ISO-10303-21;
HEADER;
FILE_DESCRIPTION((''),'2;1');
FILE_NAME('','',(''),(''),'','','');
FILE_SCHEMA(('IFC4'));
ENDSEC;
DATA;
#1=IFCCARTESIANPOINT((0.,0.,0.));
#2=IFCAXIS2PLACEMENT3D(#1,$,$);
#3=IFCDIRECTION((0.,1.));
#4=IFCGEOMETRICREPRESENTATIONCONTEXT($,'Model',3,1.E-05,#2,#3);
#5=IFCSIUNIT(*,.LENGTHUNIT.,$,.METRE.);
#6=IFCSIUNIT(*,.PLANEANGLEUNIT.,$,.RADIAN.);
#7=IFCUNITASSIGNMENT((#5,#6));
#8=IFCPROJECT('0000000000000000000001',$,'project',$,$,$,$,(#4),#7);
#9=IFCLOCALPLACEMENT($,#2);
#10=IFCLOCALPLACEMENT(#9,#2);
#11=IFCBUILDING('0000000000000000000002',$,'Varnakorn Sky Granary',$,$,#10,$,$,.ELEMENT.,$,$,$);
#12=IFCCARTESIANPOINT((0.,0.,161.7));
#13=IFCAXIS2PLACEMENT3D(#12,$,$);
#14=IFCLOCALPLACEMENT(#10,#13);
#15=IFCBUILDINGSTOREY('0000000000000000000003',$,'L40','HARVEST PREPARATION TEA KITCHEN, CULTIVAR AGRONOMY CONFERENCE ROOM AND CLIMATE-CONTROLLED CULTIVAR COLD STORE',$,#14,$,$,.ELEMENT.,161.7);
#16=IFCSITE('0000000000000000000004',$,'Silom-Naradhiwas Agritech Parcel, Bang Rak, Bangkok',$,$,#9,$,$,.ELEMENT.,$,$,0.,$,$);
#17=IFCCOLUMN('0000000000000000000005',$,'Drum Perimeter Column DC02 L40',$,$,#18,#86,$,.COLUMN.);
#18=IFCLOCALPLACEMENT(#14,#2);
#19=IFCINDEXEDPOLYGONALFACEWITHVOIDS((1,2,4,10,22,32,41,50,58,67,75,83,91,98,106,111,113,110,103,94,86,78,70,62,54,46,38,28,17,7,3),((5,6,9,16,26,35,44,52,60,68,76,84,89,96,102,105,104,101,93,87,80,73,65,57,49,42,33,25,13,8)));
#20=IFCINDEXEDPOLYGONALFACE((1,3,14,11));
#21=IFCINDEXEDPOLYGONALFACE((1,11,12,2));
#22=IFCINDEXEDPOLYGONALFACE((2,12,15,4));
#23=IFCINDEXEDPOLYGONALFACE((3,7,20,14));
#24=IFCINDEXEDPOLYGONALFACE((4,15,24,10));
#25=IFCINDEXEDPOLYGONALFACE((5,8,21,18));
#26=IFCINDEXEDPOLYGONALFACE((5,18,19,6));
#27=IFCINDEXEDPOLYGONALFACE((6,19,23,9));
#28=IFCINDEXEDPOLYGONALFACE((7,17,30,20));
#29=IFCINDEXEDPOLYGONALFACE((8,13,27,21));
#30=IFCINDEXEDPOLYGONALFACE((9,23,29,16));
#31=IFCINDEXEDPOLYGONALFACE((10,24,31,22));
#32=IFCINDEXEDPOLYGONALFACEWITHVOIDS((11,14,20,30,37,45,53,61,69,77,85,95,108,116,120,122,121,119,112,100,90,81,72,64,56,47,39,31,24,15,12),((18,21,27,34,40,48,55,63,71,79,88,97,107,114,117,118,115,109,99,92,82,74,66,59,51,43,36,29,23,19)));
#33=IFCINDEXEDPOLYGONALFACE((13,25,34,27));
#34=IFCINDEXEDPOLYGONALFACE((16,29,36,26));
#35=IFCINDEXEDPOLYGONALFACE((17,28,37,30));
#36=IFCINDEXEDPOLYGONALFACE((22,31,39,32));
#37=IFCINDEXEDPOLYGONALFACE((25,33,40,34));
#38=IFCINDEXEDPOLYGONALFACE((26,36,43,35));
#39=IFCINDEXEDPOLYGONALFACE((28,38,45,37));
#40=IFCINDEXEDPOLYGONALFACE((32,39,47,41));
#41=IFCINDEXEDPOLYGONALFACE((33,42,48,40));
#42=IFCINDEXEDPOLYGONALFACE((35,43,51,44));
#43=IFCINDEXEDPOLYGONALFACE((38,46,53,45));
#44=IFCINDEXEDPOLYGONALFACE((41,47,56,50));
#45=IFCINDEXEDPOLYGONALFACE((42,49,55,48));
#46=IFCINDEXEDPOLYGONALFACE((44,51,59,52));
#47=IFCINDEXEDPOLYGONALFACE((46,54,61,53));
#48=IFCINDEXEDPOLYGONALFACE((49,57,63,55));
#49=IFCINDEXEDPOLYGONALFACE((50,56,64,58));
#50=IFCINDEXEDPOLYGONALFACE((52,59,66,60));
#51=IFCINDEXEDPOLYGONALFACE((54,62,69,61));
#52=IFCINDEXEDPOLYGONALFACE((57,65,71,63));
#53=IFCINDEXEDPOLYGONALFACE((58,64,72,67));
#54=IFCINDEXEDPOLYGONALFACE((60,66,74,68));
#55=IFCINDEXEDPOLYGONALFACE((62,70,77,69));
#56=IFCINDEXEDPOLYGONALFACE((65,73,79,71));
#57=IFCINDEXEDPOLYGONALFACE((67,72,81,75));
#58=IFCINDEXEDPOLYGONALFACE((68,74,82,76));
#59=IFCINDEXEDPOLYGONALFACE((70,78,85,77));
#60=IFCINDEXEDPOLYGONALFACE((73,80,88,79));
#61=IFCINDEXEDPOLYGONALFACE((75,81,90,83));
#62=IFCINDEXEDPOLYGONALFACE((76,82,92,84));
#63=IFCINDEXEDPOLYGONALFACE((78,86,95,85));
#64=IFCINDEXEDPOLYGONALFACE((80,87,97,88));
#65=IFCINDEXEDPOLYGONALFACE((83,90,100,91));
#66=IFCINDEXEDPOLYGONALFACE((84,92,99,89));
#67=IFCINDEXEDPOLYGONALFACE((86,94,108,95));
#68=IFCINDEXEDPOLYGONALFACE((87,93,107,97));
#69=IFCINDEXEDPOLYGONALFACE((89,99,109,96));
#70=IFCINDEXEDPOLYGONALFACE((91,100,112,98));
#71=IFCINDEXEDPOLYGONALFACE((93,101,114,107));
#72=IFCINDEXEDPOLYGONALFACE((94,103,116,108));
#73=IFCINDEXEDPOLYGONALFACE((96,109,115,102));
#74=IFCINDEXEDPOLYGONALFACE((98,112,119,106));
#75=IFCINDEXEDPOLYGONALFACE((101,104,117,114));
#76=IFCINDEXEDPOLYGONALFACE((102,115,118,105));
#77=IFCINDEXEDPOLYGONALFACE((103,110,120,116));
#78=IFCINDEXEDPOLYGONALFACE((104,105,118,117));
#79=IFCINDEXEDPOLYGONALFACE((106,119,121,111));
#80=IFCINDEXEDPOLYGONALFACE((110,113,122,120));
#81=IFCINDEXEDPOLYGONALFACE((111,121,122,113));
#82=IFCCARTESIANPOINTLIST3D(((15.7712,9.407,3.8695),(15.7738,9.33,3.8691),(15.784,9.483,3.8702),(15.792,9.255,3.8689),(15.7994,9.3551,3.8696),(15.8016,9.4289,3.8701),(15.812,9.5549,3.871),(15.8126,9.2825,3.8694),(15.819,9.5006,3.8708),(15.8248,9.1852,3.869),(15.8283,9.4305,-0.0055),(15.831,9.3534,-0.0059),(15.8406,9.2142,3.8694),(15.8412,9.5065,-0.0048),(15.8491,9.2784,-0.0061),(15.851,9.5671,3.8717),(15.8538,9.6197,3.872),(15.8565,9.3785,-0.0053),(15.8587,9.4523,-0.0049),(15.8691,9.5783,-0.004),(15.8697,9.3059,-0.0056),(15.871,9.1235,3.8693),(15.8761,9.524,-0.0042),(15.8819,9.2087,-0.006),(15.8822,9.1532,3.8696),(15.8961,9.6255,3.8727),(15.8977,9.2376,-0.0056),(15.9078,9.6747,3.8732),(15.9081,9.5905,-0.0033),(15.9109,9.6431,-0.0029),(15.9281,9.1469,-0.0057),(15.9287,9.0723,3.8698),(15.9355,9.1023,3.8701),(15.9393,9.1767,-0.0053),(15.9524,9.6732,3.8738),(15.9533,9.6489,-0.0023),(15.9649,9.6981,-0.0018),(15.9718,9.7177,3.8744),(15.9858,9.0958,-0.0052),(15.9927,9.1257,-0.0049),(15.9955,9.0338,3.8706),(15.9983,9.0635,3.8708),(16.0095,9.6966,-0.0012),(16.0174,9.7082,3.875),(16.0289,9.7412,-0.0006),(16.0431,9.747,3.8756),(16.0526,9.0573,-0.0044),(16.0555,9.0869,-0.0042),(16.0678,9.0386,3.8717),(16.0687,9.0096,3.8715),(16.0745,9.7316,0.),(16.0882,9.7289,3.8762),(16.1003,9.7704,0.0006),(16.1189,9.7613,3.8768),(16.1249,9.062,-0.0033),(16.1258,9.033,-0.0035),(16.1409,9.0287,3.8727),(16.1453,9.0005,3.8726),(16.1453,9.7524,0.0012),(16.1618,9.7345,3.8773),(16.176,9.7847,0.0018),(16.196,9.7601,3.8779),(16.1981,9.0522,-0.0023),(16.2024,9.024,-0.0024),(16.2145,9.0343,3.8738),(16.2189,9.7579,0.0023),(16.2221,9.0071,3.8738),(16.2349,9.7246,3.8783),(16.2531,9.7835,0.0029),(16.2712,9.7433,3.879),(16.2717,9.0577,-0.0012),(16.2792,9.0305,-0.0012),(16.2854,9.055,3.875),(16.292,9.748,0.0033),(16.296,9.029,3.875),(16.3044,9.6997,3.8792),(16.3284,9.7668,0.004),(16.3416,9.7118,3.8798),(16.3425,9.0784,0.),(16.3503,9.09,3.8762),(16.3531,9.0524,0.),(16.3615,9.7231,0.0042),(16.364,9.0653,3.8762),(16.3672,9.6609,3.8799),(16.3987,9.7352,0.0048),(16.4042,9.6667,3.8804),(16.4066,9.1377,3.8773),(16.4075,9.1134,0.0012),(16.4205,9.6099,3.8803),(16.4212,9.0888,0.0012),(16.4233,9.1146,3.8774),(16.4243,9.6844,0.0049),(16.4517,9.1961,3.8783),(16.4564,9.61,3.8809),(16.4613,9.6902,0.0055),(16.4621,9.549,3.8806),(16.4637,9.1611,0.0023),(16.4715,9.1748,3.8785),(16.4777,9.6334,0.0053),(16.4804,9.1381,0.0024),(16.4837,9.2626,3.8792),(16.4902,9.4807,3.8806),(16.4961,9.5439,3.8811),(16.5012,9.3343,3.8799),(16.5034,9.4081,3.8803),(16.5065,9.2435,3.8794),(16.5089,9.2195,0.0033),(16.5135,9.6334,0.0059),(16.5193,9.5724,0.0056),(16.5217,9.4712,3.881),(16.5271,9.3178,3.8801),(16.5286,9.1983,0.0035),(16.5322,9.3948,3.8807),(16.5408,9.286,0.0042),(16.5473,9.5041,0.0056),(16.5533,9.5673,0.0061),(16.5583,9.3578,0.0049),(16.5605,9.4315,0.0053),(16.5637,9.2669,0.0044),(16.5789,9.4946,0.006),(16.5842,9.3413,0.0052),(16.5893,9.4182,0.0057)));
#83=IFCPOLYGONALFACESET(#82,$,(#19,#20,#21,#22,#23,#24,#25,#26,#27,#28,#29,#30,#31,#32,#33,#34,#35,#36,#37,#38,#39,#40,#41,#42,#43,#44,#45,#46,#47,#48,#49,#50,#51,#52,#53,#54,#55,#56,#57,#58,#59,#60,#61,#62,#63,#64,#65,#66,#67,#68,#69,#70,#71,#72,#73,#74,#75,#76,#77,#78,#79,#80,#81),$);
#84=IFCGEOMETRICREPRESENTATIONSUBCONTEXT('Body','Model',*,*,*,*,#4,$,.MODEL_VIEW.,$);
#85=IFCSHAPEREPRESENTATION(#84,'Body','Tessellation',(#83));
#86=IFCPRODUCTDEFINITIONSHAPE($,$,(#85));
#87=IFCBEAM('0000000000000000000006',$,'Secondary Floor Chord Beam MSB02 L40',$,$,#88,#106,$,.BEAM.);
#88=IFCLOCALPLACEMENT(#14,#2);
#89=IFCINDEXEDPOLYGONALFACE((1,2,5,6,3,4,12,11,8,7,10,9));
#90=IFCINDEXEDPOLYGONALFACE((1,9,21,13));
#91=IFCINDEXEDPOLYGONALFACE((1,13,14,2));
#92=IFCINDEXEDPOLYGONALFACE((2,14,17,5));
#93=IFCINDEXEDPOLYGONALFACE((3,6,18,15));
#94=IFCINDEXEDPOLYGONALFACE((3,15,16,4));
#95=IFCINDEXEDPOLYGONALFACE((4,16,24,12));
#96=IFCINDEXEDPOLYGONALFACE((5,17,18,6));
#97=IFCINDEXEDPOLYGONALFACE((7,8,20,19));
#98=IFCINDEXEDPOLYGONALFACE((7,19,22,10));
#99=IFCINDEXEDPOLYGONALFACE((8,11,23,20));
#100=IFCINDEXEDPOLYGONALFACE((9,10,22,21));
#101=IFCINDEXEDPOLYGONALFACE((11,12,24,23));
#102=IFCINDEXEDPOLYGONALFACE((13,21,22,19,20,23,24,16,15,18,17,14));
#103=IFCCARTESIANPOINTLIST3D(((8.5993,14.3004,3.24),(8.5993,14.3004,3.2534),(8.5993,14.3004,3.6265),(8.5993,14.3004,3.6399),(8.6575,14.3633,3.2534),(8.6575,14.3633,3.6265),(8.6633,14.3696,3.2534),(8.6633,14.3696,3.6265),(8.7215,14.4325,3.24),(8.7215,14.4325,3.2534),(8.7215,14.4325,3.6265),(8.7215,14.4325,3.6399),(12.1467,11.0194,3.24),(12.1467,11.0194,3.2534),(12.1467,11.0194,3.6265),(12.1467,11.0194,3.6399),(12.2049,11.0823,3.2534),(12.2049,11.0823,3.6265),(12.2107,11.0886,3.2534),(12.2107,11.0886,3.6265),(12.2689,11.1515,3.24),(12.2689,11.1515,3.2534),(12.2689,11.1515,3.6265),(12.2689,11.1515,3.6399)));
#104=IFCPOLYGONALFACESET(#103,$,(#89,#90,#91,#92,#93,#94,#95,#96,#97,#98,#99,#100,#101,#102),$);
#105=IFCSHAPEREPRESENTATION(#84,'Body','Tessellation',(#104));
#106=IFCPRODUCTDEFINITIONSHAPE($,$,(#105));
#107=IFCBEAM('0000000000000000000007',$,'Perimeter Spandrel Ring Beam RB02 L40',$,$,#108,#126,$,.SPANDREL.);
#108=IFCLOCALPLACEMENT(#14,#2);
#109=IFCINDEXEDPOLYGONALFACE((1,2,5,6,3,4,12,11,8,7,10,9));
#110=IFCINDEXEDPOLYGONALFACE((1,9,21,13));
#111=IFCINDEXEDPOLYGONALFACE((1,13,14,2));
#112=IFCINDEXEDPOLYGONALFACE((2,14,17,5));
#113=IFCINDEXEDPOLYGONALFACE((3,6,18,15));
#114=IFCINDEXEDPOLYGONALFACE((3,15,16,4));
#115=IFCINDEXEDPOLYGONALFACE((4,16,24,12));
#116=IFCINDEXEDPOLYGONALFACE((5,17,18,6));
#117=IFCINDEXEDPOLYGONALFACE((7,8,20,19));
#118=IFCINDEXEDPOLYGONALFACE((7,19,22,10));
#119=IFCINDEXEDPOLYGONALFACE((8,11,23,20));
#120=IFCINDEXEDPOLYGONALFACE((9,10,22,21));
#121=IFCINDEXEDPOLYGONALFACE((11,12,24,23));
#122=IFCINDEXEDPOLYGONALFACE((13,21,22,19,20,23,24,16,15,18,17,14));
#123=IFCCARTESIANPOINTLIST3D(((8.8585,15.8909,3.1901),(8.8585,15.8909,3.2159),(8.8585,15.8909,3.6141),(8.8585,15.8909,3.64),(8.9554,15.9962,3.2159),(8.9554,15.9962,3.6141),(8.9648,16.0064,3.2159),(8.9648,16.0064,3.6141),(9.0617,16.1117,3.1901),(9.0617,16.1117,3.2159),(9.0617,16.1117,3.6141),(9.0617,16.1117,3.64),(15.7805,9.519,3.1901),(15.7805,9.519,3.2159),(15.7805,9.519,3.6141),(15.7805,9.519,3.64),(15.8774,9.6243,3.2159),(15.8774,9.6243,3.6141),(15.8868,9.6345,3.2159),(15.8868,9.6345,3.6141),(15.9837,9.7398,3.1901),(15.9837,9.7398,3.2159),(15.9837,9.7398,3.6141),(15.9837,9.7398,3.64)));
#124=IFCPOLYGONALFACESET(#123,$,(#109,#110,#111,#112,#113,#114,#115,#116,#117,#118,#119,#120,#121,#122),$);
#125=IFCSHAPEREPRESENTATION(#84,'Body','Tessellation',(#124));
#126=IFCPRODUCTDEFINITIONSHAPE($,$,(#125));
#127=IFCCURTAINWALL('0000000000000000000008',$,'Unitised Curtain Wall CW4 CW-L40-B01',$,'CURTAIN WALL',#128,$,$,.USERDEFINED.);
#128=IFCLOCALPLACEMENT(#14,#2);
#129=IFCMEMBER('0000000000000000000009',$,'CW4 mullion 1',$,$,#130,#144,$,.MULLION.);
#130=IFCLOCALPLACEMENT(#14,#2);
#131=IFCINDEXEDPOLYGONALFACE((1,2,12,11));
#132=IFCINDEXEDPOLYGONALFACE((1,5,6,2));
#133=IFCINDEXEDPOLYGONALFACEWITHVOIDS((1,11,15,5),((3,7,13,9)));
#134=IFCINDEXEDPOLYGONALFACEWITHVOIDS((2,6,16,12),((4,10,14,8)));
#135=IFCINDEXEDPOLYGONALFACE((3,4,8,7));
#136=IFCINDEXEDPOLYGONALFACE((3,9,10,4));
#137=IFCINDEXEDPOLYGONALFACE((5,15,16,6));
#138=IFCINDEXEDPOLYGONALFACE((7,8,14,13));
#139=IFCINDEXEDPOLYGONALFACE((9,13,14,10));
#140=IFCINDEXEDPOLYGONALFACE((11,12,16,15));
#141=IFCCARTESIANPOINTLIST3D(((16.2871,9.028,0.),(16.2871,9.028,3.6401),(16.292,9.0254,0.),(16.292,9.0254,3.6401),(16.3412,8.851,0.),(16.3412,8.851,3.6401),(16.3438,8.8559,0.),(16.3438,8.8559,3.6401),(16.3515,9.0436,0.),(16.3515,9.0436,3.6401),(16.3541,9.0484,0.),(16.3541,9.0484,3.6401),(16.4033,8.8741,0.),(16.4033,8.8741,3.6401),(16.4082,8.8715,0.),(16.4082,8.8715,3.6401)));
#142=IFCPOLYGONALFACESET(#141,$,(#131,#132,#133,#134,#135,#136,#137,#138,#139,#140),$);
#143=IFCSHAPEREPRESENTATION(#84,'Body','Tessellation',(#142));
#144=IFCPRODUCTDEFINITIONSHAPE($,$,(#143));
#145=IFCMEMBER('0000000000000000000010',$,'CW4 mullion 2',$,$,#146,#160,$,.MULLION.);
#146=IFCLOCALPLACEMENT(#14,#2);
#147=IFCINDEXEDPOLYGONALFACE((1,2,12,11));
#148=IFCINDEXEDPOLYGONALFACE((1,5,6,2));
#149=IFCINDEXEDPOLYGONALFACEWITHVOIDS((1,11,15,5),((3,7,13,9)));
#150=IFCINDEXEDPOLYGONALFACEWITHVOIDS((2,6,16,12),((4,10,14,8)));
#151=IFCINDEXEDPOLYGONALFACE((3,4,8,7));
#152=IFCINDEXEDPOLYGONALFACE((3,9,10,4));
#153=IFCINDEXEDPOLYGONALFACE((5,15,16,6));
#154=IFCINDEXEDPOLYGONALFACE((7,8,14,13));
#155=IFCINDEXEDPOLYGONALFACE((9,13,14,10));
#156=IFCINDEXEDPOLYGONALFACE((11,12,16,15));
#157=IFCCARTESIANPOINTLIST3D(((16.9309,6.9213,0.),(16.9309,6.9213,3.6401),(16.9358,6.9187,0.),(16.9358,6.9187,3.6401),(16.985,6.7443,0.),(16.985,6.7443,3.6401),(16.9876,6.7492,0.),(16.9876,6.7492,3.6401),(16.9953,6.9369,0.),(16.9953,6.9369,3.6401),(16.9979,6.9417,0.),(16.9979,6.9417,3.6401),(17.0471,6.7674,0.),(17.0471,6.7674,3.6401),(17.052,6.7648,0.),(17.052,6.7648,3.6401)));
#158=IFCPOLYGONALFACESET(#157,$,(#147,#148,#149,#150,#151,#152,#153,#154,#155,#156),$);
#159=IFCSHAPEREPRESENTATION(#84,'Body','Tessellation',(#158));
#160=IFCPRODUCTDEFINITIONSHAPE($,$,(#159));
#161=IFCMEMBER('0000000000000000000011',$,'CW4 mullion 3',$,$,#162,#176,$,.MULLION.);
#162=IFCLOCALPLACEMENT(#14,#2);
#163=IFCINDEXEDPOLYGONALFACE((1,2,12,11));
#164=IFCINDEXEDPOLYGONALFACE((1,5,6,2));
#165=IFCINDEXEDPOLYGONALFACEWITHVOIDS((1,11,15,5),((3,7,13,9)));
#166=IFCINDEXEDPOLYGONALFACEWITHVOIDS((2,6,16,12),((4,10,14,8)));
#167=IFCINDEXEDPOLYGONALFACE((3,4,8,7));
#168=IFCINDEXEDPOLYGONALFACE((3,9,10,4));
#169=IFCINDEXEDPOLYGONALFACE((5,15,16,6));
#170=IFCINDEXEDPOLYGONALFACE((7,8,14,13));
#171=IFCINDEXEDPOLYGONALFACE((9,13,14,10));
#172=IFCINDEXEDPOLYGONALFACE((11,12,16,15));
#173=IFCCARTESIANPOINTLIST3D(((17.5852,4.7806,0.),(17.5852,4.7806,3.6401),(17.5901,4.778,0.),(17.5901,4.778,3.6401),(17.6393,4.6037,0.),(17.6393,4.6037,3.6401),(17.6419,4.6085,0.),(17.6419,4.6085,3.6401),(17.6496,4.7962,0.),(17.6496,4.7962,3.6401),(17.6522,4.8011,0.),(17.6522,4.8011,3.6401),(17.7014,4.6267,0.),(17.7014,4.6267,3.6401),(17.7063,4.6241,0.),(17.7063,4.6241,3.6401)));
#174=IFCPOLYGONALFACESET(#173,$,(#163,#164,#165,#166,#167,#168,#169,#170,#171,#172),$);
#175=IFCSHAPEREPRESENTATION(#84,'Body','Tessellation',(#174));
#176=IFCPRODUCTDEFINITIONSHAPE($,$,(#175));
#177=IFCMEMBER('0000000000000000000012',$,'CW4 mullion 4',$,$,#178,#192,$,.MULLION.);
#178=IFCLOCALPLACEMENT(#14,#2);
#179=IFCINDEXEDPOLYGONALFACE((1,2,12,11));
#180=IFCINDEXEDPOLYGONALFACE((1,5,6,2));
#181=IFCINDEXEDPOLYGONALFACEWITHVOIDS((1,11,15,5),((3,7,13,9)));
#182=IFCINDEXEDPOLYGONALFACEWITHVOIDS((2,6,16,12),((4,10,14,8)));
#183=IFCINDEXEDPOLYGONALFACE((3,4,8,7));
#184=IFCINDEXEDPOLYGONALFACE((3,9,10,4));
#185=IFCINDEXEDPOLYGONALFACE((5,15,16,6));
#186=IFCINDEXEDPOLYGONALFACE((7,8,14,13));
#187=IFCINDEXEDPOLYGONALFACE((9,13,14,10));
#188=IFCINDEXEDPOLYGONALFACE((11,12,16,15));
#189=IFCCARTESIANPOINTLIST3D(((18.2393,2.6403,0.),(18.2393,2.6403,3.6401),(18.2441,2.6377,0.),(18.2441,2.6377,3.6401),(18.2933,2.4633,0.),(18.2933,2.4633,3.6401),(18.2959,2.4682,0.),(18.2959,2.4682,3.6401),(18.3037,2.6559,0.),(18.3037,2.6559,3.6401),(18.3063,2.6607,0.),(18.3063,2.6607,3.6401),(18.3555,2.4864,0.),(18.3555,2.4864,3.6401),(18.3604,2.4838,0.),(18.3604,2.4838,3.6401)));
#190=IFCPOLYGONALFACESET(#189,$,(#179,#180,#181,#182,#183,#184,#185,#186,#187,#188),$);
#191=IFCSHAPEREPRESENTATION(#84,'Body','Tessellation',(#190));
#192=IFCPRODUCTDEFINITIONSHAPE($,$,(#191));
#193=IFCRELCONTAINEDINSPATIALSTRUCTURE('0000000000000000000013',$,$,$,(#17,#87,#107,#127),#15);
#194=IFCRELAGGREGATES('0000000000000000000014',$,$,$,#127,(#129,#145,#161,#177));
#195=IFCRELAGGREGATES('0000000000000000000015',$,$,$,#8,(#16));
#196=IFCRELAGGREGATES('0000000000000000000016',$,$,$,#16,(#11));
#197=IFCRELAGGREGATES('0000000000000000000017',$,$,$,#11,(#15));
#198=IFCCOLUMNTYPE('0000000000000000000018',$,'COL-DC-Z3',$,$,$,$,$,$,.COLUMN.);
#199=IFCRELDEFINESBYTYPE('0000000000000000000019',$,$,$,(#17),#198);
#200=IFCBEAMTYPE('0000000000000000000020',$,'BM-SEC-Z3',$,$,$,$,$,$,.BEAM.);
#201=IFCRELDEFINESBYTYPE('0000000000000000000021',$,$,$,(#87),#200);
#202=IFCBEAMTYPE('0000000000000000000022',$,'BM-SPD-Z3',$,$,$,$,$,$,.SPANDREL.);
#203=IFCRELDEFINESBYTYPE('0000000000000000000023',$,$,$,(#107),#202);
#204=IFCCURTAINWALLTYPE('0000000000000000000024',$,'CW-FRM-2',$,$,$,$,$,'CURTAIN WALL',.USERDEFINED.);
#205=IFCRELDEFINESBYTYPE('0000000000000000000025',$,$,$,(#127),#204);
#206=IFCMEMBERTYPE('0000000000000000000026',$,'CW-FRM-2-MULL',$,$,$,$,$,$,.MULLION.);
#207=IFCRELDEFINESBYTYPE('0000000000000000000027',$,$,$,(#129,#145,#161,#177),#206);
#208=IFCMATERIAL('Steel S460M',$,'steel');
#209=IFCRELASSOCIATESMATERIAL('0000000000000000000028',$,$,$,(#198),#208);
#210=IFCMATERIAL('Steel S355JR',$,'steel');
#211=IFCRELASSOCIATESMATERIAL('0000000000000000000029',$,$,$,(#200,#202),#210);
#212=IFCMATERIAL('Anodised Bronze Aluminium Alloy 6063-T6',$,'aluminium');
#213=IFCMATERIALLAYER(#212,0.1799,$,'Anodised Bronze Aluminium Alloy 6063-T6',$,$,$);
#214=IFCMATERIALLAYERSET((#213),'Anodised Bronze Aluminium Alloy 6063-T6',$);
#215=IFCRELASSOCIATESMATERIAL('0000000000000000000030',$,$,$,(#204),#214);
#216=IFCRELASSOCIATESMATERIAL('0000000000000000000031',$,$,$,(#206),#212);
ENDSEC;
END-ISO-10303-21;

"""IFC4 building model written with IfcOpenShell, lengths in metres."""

from ifc_helpers import new_model, si_unit, direction, frame, origin, origin_2d, place, context, subcontext, project, spatial, hollow_rectangle, hollow_circle, i_section, extrude, material, layer, layer_set, material_profile, profile_set, type_object, element, aggregate, save


model = new_model("IFC4")

# Units and contexts
model_context = context("Model", 3, precision=1e-05, world=origin(), true_north=direction((0.0, 1.0)))
body_context = subcontext(model_context, "Body", "Model", "MODEL_VIEW")
ifc_project = project(units=[si_unit("LENGTHUNIT", "METRE"), si_unit("PLANEANGLEUNIT", "RADIAN")], contexts=[model_context])

# Site, building, storey
site_placement = place(None, origin())
site = spatial("IfcSite", under=ifc_project, at=site_placement, Name="Silom-Naradhiwas Agritech Parcel, Bang Rak, Bangkok", CompositionType="ELEMENT", RefElevation=0.0)
building_placement = place(site_placement, origin())
building = spatial("IfcBuilding", under=site, at=building_placement, Name="Varnakorn Sky Granary", CompositionType="ELEMENT")
storey_placement = place(building_placement, frame((0.0, 0.0, 161.7)))
storey = spatial("IfcBuildingStorey", under=building, at=storey_placement, Name="L40", Description="HARVEST PREPARATION TEA KITCHEN, CULTIVAR AGRONOMY CONFERENCE ROOM AND CLIMATE-CONTROLLED CULTIVAR COLD STORE", CompositionType="ELEMENT", Elevation=161.7)

# Column
ifc_material_1 = material(Name="Steel S460M", Category="steel")
ifc_material_profile_1 = material_profile(ifc_material_1, hollow_circle(Radius=0.3811, WallThickness=0.0281, at=origin_2d()), Name="CHS 762x28")
ifc_profile_set_1 = profile_set([ifc_material_profile_1], Name="Steel S460M")
column_type = type_object("IfcColumnType", Name="COL-DC-Z3", PredefinedType="COLUMN", material=ifc_profile_set_1)
column_placement = place(storey_placement, frame((16.2085, 9.405, 0.0), z_axis=(-0.014741, -0.006048, 0.999873), x_axis=(0.379556, -0.925169, 0.0)))
element("IfcColumn", 1, at=column_placement, inside=storey, type_object=column_type, Name="Drum Perimeter Column DC02 L40", PredefinedType="COLUMN", context=body_context, shape_type="SweptSolid", body=[
    extrude(hollow_circle(Radius=0.3811, WallThickness=0.0281, at=origin_2d()), origin(), (0.0, 0.0, 1.0), 3.8755),
])

# Beams
ifc_material_2 = material(Name="Steel S355JR", Category="steel")
ifc_material_profile_2 = material_profile(ifc_material_2, i_section(OverallWidth=0.1799, OverallDepth=0.3999, WebThickness=0.0085, FlangeThickness=0.0134, at=origin_2d()), Name="IPE 400")
ifc_profile_set_2 = profile_set([ifc_material_profile_2], Name="Steel S355JR")
beam_type_1 = type_object("IfcBeamType", Name="BM-SEC-Z3", PredefinedType="BEAM", material=ifc_profile_set_2)
beam_1_placement = place(storey_placement, frame((12.2078, 11.0854, 3.4399), z_axis=(-0.734131, 0.679008, 0.0), x_axis=(-0.679008, -0.734131, 0.0)))
element("IfcBeam", 2, at=beam_1_placement, inside=storey, type_object=beam_type_1, Name="Secondary Floor Chord Beam MSB02 L40", PredefinedType="BEAM", context=body_context, shape_type="SweptSolid", body=[
    extrude(i_section(OverallWidth=0.1799, OverallDepth=0.3999, WebThickness=0.0085, FlangeThickness=0.0134, at=origin_2d()), origin(), (0.0, 0.0, 1.0), 4.832),
])
ifc_material_profile_3 = material_profile(ifc_material_2, i_section(OverallWidth=0.3, OverallDepth=0.45, WebThickness=0.0139, FlangeThickness=0.0259, at=origin_2d()), Name="HE 450 B")
ifc_profile_set_3 = profile_set([ifc_material_profile_3], Name="Steel S355JR")
beam_type_2 = type_object("IfcBeamType", Name="BM-SPD-Z3", PredefinedType="SPANDREL", material=ifc_profile_set_3)
beam_2_placement = place(storey_placement, frame((15.8821, 9.6294, 3.415), z_axis=(-0.735735, 0.67727, 0.0), x_axis=(-0.67727, -0.735735, 0.0)))
element("IfcBeam", 3, at=beam_2_placement, inside=storey, type_object=beam_type_2, Name="Perimeter Spandrel Ring Beam RB02 L40", PredefinedType="SPANDREL", context=body_context, shape_type="SweptSolid", body=[
    extrude(i_section(OverallWidth=0.3, OverallDepth=0.45, WebThickness=0.0139, FlangeThickness=0.0259, at=origin_2d()), origin(), (0.0, 0.0, 1.0), 9.4082),
])

# Curtain wall, members
ifc_material_3 = material(Name="Anodised Bronze Aluminium Alloy 6063-T6", Category="aluminium")
ifc_layer_1 = layer(ifc_material_3, 0.1799, Name="Anodised Bronze Aluminium Alloy 6063-T6")
ifc_layer_set_1 = layer_set([ifc_layer_1], Name="Anodised Bronze Aluminium Alloy 6063-T6")
curtain_wall_type = type_object("IfcCurtainWallType", Name="CW-FRM-2", ElementType="CURTAIN WALL", PredefinedType="USERDEFINED", material=ifc_layer_set_1)
curtain_wall_1_placement = place(storey_placement, origin())
curtain_wall_1 = element("IfcCurtainWall", 4, at=curtain_wall_1_placement, inside=storey, type_object=curtain_wall_type, Name="Unitised Curtain Wall CW4 CW-L40-B01", ObjectType="CURTAIN WALL", PredefinedType="USERDEFINED")
ifc_material_profile_4 = material_profile(ifc_material_3, hollow_rectangle(XDim=0.0701, YDim=0.1851, WallThickness=0.0039, at=origin_2d()), Name="ALU MULL 70x185")
ifc_profile_set_4 = profile_set([ifc_material_profile_4], Name="Anodised Bronze Aluminium Alloy 6063-T6")
member_type_1 = type_object("IfcMemberType", Name="CW-FRM-2-MULL", PredefinedType="MULLION", material=ifc_profile_set_4)
member_1_placement = place(storey_placement, frame((16.3477, 8.9497, 0.0), z_axis=(0.0, 0.0, 1.0), x_axis=(0.956331, 0.292286, 0.0)))
member_1 = element("IfcMember", 5, at=member_1_placement, type_object=member_type_1, Name="CW4 mullion 1", PredefinedType="MULLION", context=body_context, shape_type="SweptSolid", body=[
    extrude(hollow_rectangle(XDim=0.0701, YDim=0.1851, WallThickness=0.0039, at=origin_2d()), origin(), (0.0, 0.0, 1.0), 3.6401),
])
member_2_placement = place(storey_placement, frame((16.9915, 6.843, 0.0), z_axis=(0.0, 0.0, 1.0), x_axis=(0.956331, 0.292286, 0.0)))
member_2 = element("IfcMember", 6, at=member_2_placement, type_object=member_type_1, Name="CW4 mullion 2", PredefinedType="MULLION", context=body_context, shape_type="SweptSolid", body=[
    extrude(hollow_rectangle(XDim=0.0701, YDim=0.1851, WallThickness=0.0039, at=origin_2d()), origin(), (0.0, 0.0, 1.0), 3.6401),
])
member_3_placement = place(storey_placement, frame((17.6458, 4.7024, 0.0), z_axis=(0.0, 0.0, 1.0), x_axis=(0.956331, 0.292286, 0.0)))
member_3 = element("IfcMember", 7, at=member_3_placement, type_object=member_type_1, Name="CW4 mullion 3", PredefinedType="MULLION", context=body_context, shape_type="SweptSolid", body=[
    extrude(hollow_rectangle(XDim=0.0701, YDim=0.1851, WallThickness=0.0039, at=origin_2d()), origin(), (0.0, 0.0, 1.0), 3.6401),
])
member_4_placement = place(storey_placement, frame((18.2998, 2.562, 0.0), z_axis=(0.0, 0.0, 1.0), x_axis=(0.956331, 0.292286, 0.0)))
member_4 = element("IfcMember", 8, at=member_4_placement, type_object=member_type_1, Name="CW4 mullion 4", PredefinedType="MULLION", context=body_context, shape_type="SweptSolid", body=[
    extrude(hollow_rectangle(XDim=0.0701, YDim=0.1851, WallThickness=0.0039, at=origin_2d()), origin(), (0.0, 0.0, 1.0), 3.6401),
])

aggregate(curtain_wall_1, [member_1, member_2, member_3, member_4])

save(model, "model.ifc")
